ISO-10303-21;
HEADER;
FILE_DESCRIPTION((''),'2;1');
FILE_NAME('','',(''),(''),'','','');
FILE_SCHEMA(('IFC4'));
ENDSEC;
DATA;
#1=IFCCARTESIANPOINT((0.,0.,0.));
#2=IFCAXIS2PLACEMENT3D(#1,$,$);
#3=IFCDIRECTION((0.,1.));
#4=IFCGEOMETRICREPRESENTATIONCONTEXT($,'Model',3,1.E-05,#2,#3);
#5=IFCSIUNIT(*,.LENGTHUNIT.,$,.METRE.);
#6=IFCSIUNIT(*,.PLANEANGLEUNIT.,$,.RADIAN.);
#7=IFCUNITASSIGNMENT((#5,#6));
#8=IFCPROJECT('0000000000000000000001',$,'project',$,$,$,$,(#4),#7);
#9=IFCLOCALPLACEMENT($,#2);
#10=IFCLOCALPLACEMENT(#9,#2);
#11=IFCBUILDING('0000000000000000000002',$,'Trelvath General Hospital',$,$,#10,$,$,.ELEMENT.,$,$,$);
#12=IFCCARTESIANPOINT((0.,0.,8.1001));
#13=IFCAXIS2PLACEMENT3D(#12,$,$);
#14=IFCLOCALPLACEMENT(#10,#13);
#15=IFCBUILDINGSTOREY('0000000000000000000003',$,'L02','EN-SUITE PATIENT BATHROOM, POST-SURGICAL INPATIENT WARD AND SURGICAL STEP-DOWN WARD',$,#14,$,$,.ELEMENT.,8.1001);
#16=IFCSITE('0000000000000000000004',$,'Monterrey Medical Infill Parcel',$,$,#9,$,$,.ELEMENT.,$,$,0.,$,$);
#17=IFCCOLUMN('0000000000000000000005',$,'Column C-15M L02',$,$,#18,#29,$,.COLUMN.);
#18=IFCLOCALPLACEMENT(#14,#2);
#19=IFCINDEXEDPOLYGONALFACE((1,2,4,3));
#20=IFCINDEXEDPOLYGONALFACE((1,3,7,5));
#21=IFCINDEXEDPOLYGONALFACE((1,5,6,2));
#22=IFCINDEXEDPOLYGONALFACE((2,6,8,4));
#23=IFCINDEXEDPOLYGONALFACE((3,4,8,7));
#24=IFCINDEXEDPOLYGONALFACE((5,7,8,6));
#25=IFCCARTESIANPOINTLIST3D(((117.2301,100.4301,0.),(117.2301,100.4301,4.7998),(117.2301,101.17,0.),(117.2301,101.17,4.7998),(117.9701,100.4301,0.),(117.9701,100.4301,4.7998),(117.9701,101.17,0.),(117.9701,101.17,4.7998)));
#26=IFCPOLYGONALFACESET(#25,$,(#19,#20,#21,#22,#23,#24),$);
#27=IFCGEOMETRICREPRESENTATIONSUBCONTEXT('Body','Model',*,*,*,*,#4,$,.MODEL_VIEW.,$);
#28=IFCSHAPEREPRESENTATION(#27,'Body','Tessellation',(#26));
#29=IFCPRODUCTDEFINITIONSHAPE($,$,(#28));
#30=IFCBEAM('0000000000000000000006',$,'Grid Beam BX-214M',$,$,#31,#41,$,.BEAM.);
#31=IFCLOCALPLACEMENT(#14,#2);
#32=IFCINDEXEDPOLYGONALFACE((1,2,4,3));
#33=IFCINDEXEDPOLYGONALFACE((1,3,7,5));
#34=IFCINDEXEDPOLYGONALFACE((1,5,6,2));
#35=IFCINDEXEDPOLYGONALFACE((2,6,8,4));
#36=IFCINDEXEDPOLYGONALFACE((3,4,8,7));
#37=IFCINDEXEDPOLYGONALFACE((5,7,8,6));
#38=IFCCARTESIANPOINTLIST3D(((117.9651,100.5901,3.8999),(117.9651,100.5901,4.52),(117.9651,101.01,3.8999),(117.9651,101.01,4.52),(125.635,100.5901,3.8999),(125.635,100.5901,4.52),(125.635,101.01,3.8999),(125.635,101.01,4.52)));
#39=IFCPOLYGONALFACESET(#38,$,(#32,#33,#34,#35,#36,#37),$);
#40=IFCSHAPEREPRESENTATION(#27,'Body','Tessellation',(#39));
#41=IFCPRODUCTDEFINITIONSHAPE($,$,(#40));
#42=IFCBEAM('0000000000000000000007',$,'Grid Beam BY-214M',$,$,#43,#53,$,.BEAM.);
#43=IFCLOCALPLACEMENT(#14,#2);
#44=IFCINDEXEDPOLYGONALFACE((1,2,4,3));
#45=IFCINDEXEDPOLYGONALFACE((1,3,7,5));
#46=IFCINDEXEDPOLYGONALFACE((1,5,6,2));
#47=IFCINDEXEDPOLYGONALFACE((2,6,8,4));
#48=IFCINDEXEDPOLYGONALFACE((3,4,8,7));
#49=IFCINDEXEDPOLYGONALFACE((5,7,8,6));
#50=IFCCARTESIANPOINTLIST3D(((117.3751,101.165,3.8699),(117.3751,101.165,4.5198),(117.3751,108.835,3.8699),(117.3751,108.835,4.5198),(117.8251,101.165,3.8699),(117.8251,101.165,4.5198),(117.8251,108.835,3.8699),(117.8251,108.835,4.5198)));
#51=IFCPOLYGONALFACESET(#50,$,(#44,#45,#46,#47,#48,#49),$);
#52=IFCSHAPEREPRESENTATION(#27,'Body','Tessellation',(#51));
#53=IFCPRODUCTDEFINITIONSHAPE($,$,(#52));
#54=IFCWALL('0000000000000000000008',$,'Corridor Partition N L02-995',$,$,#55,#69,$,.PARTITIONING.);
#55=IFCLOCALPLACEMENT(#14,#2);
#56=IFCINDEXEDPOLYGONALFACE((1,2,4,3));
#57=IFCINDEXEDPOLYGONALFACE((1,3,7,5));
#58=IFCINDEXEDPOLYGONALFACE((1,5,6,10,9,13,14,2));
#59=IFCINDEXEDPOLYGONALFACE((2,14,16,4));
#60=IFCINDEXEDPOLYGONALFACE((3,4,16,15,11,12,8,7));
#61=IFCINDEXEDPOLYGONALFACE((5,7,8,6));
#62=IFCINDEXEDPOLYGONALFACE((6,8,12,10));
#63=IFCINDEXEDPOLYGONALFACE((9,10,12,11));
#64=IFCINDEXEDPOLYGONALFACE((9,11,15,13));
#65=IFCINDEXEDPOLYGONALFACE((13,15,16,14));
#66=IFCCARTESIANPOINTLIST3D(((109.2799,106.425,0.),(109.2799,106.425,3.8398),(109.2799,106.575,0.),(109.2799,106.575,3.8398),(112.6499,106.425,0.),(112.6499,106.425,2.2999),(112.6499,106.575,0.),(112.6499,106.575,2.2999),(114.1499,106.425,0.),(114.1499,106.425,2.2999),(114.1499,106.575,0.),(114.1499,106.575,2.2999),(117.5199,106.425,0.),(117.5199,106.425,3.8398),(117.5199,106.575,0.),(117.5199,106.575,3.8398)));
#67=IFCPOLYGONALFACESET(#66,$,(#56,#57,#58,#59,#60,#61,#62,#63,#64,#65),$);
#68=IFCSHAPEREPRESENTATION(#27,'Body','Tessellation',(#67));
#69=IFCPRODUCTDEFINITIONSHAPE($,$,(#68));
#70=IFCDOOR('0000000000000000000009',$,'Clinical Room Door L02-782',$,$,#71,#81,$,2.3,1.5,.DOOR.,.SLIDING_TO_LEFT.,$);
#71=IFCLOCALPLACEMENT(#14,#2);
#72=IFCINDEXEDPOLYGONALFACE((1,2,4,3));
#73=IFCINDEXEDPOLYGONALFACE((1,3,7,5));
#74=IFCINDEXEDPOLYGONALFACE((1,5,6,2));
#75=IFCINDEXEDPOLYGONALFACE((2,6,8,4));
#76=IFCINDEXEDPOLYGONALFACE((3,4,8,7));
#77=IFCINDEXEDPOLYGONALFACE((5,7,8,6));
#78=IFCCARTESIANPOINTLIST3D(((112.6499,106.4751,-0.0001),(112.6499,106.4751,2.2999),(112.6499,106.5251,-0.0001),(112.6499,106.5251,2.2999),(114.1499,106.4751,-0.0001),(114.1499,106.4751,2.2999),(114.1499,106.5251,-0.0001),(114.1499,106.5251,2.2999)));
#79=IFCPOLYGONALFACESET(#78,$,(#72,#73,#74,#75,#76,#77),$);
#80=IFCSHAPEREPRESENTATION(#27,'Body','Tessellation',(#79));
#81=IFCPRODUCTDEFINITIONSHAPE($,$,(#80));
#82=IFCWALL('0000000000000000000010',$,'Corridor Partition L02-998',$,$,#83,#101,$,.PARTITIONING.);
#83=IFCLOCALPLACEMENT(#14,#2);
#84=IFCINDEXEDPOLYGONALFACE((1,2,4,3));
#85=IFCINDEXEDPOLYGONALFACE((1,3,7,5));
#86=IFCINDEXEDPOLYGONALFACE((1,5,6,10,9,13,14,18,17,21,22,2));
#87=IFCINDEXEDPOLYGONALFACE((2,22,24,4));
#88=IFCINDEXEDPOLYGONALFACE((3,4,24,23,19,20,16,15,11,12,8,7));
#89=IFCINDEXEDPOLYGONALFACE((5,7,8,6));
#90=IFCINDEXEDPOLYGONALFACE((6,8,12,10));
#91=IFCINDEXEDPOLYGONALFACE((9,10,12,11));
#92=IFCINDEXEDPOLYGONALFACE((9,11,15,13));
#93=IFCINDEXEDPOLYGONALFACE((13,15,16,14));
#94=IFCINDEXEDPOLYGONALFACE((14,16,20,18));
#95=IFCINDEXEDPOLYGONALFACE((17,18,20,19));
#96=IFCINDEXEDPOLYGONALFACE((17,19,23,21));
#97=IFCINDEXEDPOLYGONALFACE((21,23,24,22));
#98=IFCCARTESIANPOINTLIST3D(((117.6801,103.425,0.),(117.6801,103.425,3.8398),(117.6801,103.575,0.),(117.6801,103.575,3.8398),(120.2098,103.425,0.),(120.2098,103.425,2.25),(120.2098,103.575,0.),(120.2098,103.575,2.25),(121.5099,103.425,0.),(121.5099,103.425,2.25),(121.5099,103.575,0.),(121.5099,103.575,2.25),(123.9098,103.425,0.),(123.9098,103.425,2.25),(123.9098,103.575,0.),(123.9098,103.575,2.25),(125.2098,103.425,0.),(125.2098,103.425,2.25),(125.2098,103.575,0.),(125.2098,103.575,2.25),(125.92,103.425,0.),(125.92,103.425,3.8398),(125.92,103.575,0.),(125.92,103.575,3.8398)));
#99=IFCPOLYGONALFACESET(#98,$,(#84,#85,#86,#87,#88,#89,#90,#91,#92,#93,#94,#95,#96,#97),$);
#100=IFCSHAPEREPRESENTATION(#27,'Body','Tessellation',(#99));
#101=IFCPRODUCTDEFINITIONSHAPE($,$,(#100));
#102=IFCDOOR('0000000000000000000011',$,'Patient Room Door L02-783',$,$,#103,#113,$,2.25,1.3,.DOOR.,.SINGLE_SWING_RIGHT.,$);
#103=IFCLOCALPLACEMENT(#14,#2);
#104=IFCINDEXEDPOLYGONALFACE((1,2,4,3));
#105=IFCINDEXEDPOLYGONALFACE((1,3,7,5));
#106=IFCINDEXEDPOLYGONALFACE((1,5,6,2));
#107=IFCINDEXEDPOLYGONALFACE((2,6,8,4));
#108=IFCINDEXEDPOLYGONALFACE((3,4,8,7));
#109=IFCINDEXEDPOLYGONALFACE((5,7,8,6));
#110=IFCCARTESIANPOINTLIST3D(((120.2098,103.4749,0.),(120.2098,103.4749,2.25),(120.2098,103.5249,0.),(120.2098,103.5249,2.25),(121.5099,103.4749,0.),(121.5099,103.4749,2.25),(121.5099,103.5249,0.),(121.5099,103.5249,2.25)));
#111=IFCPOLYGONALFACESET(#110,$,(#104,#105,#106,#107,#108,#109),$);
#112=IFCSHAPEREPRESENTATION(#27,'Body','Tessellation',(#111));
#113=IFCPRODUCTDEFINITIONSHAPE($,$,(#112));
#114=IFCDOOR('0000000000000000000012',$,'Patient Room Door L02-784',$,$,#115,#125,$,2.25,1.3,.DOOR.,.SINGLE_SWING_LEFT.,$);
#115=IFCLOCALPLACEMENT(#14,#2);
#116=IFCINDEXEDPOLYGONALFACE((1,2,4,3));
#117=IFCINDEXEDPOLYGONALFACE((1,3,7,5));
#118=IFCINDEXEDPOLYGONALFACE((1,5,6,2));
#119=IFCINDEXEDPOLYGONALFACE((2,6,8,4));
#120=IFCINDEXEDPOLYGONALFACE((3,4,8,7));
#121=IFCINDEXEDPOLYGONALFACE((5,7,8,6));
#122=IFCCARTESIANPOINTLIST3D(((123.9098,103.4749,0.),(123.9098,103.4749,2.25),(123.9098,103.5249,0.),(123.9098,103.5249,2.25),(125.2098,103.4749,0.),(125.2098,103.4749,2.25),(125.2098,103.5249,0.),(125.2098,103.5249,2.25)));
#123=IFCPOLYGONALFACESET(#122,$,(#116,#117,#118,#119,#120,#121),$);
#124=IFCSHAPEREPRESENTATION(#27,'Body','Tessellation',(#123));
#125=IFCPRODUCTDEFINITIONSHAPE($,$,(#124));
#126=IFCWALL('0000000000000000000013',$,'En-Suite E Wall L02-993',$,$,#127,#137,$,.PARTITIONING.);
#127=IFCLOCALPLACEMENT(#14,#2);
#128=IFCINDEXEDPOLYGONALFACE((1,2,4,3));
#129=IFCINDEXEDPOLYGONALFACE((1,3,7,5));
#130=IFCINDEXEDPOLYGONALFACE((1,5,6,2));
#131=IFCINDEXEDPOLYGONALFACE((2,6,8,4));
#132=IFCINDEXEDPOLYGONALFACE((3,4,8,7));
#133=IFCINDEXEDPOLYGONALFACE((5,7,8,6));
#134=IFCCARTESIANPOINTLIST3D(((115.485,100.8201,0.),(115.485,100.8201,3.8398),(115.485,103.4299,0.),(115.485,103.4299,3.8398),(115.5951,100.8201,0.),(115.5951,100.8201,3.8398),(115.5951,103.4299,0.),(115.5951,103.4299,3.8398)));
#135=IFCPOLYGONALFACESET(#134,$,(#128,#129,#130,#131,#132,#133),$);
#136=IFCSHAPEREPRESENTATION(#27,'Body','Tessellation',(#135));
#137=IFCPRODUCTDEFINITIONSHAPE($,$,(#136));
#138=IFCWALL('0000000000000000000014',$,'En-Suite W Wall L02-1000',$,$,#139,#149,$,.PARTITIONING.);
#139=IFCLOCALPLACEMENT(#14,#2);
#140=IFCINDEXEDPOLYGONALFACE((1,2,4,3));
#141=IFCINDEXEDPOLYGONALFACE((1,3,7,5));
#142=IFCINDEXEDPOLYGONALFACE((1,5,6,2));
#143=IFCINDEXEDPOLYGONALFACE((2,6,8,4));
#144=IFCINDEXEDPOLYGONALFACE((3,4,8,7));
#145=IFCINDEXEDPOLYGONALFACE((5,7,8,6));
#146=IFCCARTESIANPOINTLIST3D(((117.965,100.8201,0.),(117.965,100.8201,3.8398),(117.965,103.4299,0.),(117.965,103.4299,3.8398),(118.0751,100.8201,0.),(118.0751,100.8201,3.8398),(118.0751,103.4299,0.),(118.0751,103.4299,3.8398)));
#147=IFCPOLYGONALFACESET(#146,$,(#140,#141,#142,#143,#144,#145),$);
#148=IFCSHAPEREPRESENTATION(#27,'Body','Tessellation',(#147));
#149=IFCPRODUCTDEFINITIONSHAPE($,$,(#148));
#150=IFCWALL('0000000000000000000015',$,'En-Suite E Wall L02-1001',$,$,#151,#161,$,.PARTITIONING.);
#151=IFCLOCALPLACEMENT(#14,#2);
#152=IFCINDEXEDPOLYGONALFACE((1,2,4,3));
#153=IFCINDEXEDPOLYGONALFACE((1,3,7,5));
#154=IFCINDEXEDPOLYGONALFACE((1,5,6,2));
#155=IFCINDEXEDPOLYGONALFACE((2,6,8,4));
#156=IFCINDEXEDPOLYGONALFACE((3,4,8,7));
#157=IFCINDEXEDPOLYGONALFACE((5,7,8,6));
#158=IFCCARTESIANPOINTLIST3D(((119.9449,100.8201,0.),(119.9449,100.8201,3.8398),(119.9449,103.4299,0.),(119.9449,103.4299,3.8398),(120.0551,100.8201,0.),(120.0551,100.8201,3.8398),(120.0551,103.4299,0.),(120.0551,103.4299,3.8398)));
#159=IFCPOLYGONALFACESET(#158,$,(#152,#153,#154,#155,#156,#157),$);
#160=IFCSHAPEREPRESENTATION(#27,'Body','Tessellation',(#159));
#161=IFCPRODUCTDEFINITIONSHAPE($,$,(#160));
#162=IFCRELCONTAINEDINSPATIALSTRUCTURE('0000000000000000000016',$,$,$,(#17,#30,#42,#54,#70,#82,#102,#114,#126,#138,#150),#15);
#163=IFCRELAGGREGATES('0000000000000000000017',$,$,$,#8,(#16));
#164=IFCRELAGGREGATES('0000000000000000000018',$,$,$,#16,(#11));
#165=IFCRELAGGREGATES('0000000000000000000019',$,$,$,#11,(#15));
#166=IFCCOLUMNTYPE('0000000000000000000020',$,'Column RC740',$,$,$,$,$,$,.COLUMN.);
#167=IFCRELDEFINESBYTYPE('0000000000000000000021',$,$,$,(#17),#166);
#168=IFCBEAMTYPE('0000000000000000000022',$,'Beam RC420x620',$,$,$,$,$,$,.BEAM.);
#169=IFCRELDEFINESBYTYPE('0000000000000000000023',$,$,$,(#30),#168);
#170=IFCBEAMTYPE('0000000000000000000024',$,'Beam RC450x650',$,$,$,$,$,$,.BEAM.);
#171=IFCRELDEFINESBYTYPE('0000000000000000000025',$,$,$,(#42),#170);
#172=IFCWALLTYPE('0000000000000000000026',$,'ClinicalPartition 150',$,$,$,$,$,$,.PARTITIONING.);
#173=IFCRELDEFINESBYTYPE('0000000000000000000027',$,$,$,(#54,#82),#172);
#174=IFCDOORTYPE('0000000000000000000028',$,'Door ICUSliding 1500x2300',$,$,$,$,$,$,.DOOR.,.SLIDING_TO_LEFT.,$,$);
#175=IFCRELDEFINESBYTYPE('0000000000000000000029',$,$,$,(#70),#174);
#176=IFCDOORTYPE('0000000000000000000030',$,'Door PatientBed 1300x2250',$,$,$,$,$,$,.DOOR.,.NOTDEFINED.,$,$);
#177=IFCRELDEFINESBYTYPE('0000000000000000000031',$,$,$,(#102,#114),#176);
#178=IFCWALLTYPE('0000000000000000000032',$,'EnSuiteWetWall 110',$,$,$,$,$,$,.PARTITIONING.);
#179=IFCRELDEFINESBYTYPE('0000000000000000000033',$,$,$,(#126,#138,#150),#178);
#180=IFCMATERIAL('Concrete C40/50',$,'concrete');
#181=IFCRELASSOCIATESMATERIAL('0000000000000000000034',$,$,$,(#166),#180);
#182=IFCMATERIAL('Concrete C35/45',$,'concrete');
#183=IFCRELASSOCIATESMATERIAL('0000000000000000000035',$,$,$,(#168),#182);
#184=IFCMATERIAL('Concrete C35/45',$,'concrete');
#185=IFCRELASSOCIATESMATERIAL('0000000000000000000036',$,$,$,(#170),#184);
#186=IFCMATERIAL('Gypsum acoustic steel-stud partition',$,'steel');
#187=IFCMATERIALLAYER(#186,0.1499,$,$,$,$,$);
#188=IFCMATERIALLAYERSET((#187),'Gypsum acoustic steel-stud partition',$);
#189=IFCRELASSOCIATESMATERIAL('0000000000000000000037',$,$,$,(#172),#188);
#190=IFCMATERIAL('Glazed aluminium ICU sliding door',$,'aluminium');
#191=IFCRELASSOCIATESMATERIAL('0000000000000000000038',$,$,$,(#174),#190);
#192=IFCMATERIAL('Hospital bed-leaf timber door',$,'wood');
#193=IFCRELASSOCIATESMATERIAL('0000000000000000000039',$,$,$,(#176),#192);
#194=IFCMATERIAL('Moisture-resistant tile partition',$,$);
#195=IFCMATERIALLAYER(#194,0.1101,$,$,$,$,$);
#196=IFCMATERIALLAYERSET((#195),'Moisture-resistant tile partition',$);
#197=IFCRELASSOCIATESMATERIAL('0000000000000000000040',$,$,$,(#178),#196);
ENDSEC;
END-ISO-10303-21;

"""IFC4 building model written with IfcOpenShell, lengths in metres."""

from ifc_helpers import new_model, si_unit, direction, frame, frame_2d, origin, origin_2d, place, context, subcontext, project, spatial, rectangle, extrude, material, layer, layer_set, material_profile, profile_set, type_object, element, fill, save


model = new_model("IFC4")

# Units and contexts
model_context = context("Model", 3, precision=1e-05, world=origin(), true_north=direction((0.0, 1.0)))
body_context = subcontext(model_context, "Body", "Model", "MODEL_VIEW")
ifc_project = project(units=[si_unit("LENGTHUNIT", "METRE"), si_unit("PLANEANGLEUNIT", "RADIAN")], contexts=[model_context])

# Site, building, storey
site_placement = place(None, origin())
site = spatial("IfcSite", under=ifc_project, at=site_placement, Name="Monterrey Medical Infill Parcel", CompositionType="ELEMENT", RefElevation=0.0)
building_placement = place(site_placement, origin())
building = spatial("IfcBuilding", under=site, at=building_placement, Name="Trelvath General Hospital", CompositionType="ELEMENT")
storey_placement = place(building_placement, frame((0.0, 0.0, 8.1001)))
storey = spatial("IfcBuildingStorey", under=building, at=storey_placement, Name="L02", Description="EN-SUITE PATIENT BATHROOM, POST-SURGICAL INPATIENT WARD AND SURGICAL STEP-DOWN WARD", CompositionType="ELEMENT", Elevation=8.1001)

# Column
ifc_material_1 = material(Name="Concrete C40/50", Category="concrete")
ifc_material_profile_1 = material_profile(ifc_material_1, rectangle(XDim=0.74, YDim=0.74, at=origin_2d()), Name="RC740x740")
ifc_profile_set_1 = profile_set([ifc_material_profile_1], Name="Concrete C40/50")
column_type = type_object("IfcColumnType", Name="Column RC740", PredefinedType="COLUMN", material=ifc_profile_set_1)
column_placement = place(storey_placement, frame((117.6001, 100.8, 0.0), z_axis=(0.0, 0.0, 1.0), x_axis=(1.0, 0.0, 0.0)))
element("IfcColumn", 1, at=column_placement, inside=storey, type_object=column_type, Name="Column C-15M L02", PredefinedType="COLUMN", context=body_context, shape_type="SweptSolid", body=[
    extrude(rectangle(XDim=0.74, YDim=0.74, at=origin_2d()), origin(), (0.0, 0.0, 1.0), 4.7998),
])

# Beams
ifc_material_2 = material(Name="Concrete C35/45", Category="concrete")
ifc_material_profile_2 = material_profile(ifc_material_2, rectangle(XDim=0.4199, YDim=0.6201, at=origin_2d()), Name="RCB420x620")
ifc_profile_set_2 = profile_set([ifc_material_profile_2], Name="Concrete C35/45")
beam_type_1 = type_object("IfcBeamType", Name="Beam RC420x620", PredefinedType="BEAM", material=ifc_profile_set_2)
beam_1_placement = place(storey_placement, frame((117.9651, 100.8, 4.21), z_axis=(1.0, 0.0, 0.0), x_axis=(0.0, 1.0, 0.0)))
element("IfcBeam", 2, at=beam_1_placement, inside=storey, type_object=beam_type_1, Name="Grid Beam BX-214M", PredefinedType="BEAM", context=body_context, shape_type="SweptSolid", body=[
    extrude(rectangle(XDim=0.4199, YDim=0.6201, at=origin_2d()), origin(), (0.0, 0.0, 1.0), 7.6699),
])
ifc_material_3 = material(Name="Concrete C35/45", Category="concrete")
ifc_material_profile_3 = material_profile(ifc_material_3, rectangle(XDim=0.45, YDim=0.6499, at=origin_2d()), Name="RCB450x650")
ifc_profile_set_3 = profile_set([ifc_material_profile_3], Name="Concrete C35/45")
beam_type_2 = type_object("IfcBeamType", Name="Beam RC450x650", PredefinedType="BEAM", material=ifc_profile_set_3)
beam_2_placement = place(storey_placement, frame((117.6001, 101.165, 4.1948), z_axis=(0.0, 1.0, 0.0), x_axis=(-1.0, 0.0, 0.0)))
element("IfcBeam", 3, at=beam_2_placement, inside=storey, type_object=beam_type_2, Name="Grid Beam BY-214M", PredefinedType="BEAM", context=body_context, shape_type="SweptSolid", body=[
    extrude(rectangle(XDim=0.45, YDim=0.6499, at=origin_2d()), origin(), (0.0, 0.0, 1.0), 7.6699),
])

# Wall, opening, door
ifc_material_4 = material(Name="Gypsum acoustic steel-stud partition", Category="steel")
ifc_layer_1 = layer(ifc_material_4, 0.1499)
ifc_layer_set_1 = layer_set([ifc_layer_1], Name="Gypsum acoustic steel-stud partition")
wall_type_1 = type_object("IfcWallType", Name="ClinicalPartition 150", PredefinedType="PARTITIONING", material=ifc_layer_set_1)
wall_1_placement = place(storey_placement, frame((117.52, 106.5, 0.0), z_axis=(0.0, 0.0, 1.0), x_axis=(-1.0, 0.0, 0.0)))
wall_1 = element("IfcWall", 4, at=wall_1_placement, inside=storey, type_object=wall_type_1, Name="Corridor Partition N L02-995", PredefinedType="PARTITIONING", context=body_context, shape_type="SweptSolid", body=[
    extrude(rectangle(XDim=8.24, YDim=0.1499, at=frame_2d((4.1201, 0.0))), origin(), (0.0, 0.0, 1.0), 3.8398),
])
opening_1_placement = place(wall_1_placement, frame((3.3701, 0.0, 0.0)))
opening_1 = element("IfcOpeningElement", 5, at=opening_1_placement, cuts=wall_1, PredefinedType="OPENING", context=body_context, shape_type="SweptSolid", body=[
    extrude(rectangle(XDim=1.5, YDim=2.3, at=frame_2d((0.75, 1.1499))), frame((0.0, 0.085, 0.0), z_axis=(0.0, -1.0, 0.0), x_axis=(1.0, 0.0, 0.0)), (0.0, 0.0, 1.0), 0.1699),
])
ifc_material_5 = material(Name="Glazed aluminium ICU sliding door", Category="aluminium")
door_type_1 = type_object("IfcDoorType", Name="Door ICUSliding 1500x2300", OperationType="SLIDING_TO_LEFT", PredefinedType="DOOR", material=ifc_material_5)
door_1_placement = place(opening_1_placement, origin())
door_1 = element("IfcDoor", 6, at=door_1_placement, inside=storey, type_object=door_type_1, Name="Clinical Room Door L02-782", OperationType="SLIDING_TO_LEFT", OverallHeight=2.3, OverallWidth=1.5, PredefinedType="DOOR", context=body_context, shape_type="SweptSolid", body=[
    extrude(rectangle(XDim=1.5, YDim=2.3, at=frame_2d((0.75, 1.1499))), frame((0.0, 0.0249, 0.0), z_axis=(0.0, -1.0, 0.0), x_axis=(1.0, 0.0, 0.0)), (0.0, 0.0, 1.0), 0.05),
])
fill(opening_1, door_1)

# Wall, openings, doors
wall_2_placement = place(storey_placement, frame((117.6799, 103.5, 0.0), z_axis=(0.0, 0.0, 1.0), x_axis=(1.0, 0.0, 0.0)))
wall_2 = element("IfcWall", 7, at=wall_2_placement, inside=storey, type_object=wall_type_1, Name="Corridor Partition L02-998", PredefinedType="PARTITIONING", context=body_context, shape_type="SweptSolid", body=[
    extrude(rectangle(XDim=8.24, YDim=0.1499, at=frame_2d((4.1201, 0.0))), origin(), (0.0, 0.0, 1.0), 3.8398),
])
opening_2_placement = place(wall_2_placement, frame((2.53, 0.0, 0.0)))
opening_2 = element("IfcOpeningElement", 8, at=opening_2_placement, cuts=wall_2, PredefinedType="OPENING", context=body_context, shape_type="SweptSolid", body=[
    extrude(rectangle(XDim=1.3, YDim=2.25, at=frame_2d((0.6499, 1.125))), frame((0.0, 0.085, 0.0), z_axis=(0.0, -1.0, 0.0), x_axis=(1.0, 0.0, 0.0)), (0.0, 0.0, 1.0), 0.1699),
])
opening_3_placement = place(wall_2_placement, frame((6.23, 0.0, 0.0)))
opening_3 = element("IfcOpeningElement", 9, at=opening_3_placement, cuts=wall_2, PredefinedType="OPENING", context=body_context, shape_type="SweptSolid", body=[
    extrude(rectangle(XDim=1.3, YDim=2.25, at=frame_2d((0.6499, 1.125))), frame((0.0, 0.085, 0.0), z_axis=(0.0, -1.0, 0.0), x_axis=(1.0, 0.0, 0.0)), (0.0, 0.0, 1.0), 0.1699),
])
ifc_material_6 = material(Name="Hospital bed-leaf timber door", Category="wood")
door_type_2 = type_object("IfcDoorType", Name="Door PatientBed 1300x2250", OperationType="NOTDEFINED", PredefinedType="DOOR", material=ifc_material_6)
door_2_placement = place(opening_2_placement, origin())
door_2 = element("IfcDoor", 10, at=door_2_placement, inside=storey, type_object=door_type_2, Name="Patient Room Door L02-783", OperationType="SINGLE_SWING_RIGHT", OverallHeight=2.25, OverallWidth=1.3, PredefinedType="DOOR", context=body_context, shape_type="SweptSolid", body=[
    extrude(rectangle(XDim=1.3, YDim=2.25, at=frame_2d((0.6499, 1.125))), frame((0.0, 0.0249, 0.0), z_axis=(0.0, -1.0, 0.0), x_axis=(1.0, 0.0, 0.0)), (0.0, 0.0, 1.0), 0.05),
])
fill(opening_2, door_2)
door_3_placement = place(opening_3_placement, origin())
door_3 = element("IfcDoor", 11, at=door_3_placement, inside=storey, type_object=door_type_2, Name="Patient Room Door L02-784", OperationType="SINGLE_SWING_LEFT", OverallHeight=2.25, OverallWidth=1.3, PredefinedType="DOOR", context=body_context, shape_type="SweptSolid", body=[
    extrude(rectangle(XDim=1.3, YDim=2.25, at=frame_2d((0.6499, 1.125))), frame((0.0, 0.0249, 0.0), z_axis=(0.0, -1.0, 0.0), x_axis=(1.0, 0.0, 0.0)), (0.0, 0.0, 1.0), 0.05),
])
fill(opening_3, door_3)

# Walls
ifc_material_7 = material(Name="Moisture-resistant tile partition")
ifc_layer_2 = layer(ifc_material_7, 0.1101)
ifc_layer_set_2 = layer_set([ifc_layer_2], Name="Moisture-resistant tile partition")
wall_type_2 = type_object("IfcWallType", Name="EnSuiteWetWall 110", PredefinedType="PARTITIONING", material=ifc_layer_set_2)
for number, where, z_axis, x_axis, name in (
    (12, (115.54, 100.8201, 0.0), (0.0, 0.0, 1.0), (0.0, 1.0, 0.0), "En-Suite E Wall L02-993"),
    (13, (118.02, 100.8201, 0.0), (0.0, 0.0, 1.0), (0.0, 1.0, 0.0), "En-Suite W Wall L02-1000"),
    (14, (120.0, 100.8201, 0.0), (0.0, 0.0, 1.0), (0.0, 1.0, 0.0), "En-Suite E Wall L02-1001"),
):
    element("IfcWall", number, at=place(storey_placement, frame(where, z_axis=z_axis, x_axis=x_axis)), inside=storey, type_object=wall_type_2, Name=name, PredefinedType="PARTITIONING", context=body_context, shape_type="SweptSolid", body=[
        extrude(rectangle(XDim=2.6099, YDim=0.1101, at=frame_2d((1.3049, 0.0))), origin(), (0.0, 0.0, 1.0), 3.8398),
    ])

save(model, "model.ifc")
